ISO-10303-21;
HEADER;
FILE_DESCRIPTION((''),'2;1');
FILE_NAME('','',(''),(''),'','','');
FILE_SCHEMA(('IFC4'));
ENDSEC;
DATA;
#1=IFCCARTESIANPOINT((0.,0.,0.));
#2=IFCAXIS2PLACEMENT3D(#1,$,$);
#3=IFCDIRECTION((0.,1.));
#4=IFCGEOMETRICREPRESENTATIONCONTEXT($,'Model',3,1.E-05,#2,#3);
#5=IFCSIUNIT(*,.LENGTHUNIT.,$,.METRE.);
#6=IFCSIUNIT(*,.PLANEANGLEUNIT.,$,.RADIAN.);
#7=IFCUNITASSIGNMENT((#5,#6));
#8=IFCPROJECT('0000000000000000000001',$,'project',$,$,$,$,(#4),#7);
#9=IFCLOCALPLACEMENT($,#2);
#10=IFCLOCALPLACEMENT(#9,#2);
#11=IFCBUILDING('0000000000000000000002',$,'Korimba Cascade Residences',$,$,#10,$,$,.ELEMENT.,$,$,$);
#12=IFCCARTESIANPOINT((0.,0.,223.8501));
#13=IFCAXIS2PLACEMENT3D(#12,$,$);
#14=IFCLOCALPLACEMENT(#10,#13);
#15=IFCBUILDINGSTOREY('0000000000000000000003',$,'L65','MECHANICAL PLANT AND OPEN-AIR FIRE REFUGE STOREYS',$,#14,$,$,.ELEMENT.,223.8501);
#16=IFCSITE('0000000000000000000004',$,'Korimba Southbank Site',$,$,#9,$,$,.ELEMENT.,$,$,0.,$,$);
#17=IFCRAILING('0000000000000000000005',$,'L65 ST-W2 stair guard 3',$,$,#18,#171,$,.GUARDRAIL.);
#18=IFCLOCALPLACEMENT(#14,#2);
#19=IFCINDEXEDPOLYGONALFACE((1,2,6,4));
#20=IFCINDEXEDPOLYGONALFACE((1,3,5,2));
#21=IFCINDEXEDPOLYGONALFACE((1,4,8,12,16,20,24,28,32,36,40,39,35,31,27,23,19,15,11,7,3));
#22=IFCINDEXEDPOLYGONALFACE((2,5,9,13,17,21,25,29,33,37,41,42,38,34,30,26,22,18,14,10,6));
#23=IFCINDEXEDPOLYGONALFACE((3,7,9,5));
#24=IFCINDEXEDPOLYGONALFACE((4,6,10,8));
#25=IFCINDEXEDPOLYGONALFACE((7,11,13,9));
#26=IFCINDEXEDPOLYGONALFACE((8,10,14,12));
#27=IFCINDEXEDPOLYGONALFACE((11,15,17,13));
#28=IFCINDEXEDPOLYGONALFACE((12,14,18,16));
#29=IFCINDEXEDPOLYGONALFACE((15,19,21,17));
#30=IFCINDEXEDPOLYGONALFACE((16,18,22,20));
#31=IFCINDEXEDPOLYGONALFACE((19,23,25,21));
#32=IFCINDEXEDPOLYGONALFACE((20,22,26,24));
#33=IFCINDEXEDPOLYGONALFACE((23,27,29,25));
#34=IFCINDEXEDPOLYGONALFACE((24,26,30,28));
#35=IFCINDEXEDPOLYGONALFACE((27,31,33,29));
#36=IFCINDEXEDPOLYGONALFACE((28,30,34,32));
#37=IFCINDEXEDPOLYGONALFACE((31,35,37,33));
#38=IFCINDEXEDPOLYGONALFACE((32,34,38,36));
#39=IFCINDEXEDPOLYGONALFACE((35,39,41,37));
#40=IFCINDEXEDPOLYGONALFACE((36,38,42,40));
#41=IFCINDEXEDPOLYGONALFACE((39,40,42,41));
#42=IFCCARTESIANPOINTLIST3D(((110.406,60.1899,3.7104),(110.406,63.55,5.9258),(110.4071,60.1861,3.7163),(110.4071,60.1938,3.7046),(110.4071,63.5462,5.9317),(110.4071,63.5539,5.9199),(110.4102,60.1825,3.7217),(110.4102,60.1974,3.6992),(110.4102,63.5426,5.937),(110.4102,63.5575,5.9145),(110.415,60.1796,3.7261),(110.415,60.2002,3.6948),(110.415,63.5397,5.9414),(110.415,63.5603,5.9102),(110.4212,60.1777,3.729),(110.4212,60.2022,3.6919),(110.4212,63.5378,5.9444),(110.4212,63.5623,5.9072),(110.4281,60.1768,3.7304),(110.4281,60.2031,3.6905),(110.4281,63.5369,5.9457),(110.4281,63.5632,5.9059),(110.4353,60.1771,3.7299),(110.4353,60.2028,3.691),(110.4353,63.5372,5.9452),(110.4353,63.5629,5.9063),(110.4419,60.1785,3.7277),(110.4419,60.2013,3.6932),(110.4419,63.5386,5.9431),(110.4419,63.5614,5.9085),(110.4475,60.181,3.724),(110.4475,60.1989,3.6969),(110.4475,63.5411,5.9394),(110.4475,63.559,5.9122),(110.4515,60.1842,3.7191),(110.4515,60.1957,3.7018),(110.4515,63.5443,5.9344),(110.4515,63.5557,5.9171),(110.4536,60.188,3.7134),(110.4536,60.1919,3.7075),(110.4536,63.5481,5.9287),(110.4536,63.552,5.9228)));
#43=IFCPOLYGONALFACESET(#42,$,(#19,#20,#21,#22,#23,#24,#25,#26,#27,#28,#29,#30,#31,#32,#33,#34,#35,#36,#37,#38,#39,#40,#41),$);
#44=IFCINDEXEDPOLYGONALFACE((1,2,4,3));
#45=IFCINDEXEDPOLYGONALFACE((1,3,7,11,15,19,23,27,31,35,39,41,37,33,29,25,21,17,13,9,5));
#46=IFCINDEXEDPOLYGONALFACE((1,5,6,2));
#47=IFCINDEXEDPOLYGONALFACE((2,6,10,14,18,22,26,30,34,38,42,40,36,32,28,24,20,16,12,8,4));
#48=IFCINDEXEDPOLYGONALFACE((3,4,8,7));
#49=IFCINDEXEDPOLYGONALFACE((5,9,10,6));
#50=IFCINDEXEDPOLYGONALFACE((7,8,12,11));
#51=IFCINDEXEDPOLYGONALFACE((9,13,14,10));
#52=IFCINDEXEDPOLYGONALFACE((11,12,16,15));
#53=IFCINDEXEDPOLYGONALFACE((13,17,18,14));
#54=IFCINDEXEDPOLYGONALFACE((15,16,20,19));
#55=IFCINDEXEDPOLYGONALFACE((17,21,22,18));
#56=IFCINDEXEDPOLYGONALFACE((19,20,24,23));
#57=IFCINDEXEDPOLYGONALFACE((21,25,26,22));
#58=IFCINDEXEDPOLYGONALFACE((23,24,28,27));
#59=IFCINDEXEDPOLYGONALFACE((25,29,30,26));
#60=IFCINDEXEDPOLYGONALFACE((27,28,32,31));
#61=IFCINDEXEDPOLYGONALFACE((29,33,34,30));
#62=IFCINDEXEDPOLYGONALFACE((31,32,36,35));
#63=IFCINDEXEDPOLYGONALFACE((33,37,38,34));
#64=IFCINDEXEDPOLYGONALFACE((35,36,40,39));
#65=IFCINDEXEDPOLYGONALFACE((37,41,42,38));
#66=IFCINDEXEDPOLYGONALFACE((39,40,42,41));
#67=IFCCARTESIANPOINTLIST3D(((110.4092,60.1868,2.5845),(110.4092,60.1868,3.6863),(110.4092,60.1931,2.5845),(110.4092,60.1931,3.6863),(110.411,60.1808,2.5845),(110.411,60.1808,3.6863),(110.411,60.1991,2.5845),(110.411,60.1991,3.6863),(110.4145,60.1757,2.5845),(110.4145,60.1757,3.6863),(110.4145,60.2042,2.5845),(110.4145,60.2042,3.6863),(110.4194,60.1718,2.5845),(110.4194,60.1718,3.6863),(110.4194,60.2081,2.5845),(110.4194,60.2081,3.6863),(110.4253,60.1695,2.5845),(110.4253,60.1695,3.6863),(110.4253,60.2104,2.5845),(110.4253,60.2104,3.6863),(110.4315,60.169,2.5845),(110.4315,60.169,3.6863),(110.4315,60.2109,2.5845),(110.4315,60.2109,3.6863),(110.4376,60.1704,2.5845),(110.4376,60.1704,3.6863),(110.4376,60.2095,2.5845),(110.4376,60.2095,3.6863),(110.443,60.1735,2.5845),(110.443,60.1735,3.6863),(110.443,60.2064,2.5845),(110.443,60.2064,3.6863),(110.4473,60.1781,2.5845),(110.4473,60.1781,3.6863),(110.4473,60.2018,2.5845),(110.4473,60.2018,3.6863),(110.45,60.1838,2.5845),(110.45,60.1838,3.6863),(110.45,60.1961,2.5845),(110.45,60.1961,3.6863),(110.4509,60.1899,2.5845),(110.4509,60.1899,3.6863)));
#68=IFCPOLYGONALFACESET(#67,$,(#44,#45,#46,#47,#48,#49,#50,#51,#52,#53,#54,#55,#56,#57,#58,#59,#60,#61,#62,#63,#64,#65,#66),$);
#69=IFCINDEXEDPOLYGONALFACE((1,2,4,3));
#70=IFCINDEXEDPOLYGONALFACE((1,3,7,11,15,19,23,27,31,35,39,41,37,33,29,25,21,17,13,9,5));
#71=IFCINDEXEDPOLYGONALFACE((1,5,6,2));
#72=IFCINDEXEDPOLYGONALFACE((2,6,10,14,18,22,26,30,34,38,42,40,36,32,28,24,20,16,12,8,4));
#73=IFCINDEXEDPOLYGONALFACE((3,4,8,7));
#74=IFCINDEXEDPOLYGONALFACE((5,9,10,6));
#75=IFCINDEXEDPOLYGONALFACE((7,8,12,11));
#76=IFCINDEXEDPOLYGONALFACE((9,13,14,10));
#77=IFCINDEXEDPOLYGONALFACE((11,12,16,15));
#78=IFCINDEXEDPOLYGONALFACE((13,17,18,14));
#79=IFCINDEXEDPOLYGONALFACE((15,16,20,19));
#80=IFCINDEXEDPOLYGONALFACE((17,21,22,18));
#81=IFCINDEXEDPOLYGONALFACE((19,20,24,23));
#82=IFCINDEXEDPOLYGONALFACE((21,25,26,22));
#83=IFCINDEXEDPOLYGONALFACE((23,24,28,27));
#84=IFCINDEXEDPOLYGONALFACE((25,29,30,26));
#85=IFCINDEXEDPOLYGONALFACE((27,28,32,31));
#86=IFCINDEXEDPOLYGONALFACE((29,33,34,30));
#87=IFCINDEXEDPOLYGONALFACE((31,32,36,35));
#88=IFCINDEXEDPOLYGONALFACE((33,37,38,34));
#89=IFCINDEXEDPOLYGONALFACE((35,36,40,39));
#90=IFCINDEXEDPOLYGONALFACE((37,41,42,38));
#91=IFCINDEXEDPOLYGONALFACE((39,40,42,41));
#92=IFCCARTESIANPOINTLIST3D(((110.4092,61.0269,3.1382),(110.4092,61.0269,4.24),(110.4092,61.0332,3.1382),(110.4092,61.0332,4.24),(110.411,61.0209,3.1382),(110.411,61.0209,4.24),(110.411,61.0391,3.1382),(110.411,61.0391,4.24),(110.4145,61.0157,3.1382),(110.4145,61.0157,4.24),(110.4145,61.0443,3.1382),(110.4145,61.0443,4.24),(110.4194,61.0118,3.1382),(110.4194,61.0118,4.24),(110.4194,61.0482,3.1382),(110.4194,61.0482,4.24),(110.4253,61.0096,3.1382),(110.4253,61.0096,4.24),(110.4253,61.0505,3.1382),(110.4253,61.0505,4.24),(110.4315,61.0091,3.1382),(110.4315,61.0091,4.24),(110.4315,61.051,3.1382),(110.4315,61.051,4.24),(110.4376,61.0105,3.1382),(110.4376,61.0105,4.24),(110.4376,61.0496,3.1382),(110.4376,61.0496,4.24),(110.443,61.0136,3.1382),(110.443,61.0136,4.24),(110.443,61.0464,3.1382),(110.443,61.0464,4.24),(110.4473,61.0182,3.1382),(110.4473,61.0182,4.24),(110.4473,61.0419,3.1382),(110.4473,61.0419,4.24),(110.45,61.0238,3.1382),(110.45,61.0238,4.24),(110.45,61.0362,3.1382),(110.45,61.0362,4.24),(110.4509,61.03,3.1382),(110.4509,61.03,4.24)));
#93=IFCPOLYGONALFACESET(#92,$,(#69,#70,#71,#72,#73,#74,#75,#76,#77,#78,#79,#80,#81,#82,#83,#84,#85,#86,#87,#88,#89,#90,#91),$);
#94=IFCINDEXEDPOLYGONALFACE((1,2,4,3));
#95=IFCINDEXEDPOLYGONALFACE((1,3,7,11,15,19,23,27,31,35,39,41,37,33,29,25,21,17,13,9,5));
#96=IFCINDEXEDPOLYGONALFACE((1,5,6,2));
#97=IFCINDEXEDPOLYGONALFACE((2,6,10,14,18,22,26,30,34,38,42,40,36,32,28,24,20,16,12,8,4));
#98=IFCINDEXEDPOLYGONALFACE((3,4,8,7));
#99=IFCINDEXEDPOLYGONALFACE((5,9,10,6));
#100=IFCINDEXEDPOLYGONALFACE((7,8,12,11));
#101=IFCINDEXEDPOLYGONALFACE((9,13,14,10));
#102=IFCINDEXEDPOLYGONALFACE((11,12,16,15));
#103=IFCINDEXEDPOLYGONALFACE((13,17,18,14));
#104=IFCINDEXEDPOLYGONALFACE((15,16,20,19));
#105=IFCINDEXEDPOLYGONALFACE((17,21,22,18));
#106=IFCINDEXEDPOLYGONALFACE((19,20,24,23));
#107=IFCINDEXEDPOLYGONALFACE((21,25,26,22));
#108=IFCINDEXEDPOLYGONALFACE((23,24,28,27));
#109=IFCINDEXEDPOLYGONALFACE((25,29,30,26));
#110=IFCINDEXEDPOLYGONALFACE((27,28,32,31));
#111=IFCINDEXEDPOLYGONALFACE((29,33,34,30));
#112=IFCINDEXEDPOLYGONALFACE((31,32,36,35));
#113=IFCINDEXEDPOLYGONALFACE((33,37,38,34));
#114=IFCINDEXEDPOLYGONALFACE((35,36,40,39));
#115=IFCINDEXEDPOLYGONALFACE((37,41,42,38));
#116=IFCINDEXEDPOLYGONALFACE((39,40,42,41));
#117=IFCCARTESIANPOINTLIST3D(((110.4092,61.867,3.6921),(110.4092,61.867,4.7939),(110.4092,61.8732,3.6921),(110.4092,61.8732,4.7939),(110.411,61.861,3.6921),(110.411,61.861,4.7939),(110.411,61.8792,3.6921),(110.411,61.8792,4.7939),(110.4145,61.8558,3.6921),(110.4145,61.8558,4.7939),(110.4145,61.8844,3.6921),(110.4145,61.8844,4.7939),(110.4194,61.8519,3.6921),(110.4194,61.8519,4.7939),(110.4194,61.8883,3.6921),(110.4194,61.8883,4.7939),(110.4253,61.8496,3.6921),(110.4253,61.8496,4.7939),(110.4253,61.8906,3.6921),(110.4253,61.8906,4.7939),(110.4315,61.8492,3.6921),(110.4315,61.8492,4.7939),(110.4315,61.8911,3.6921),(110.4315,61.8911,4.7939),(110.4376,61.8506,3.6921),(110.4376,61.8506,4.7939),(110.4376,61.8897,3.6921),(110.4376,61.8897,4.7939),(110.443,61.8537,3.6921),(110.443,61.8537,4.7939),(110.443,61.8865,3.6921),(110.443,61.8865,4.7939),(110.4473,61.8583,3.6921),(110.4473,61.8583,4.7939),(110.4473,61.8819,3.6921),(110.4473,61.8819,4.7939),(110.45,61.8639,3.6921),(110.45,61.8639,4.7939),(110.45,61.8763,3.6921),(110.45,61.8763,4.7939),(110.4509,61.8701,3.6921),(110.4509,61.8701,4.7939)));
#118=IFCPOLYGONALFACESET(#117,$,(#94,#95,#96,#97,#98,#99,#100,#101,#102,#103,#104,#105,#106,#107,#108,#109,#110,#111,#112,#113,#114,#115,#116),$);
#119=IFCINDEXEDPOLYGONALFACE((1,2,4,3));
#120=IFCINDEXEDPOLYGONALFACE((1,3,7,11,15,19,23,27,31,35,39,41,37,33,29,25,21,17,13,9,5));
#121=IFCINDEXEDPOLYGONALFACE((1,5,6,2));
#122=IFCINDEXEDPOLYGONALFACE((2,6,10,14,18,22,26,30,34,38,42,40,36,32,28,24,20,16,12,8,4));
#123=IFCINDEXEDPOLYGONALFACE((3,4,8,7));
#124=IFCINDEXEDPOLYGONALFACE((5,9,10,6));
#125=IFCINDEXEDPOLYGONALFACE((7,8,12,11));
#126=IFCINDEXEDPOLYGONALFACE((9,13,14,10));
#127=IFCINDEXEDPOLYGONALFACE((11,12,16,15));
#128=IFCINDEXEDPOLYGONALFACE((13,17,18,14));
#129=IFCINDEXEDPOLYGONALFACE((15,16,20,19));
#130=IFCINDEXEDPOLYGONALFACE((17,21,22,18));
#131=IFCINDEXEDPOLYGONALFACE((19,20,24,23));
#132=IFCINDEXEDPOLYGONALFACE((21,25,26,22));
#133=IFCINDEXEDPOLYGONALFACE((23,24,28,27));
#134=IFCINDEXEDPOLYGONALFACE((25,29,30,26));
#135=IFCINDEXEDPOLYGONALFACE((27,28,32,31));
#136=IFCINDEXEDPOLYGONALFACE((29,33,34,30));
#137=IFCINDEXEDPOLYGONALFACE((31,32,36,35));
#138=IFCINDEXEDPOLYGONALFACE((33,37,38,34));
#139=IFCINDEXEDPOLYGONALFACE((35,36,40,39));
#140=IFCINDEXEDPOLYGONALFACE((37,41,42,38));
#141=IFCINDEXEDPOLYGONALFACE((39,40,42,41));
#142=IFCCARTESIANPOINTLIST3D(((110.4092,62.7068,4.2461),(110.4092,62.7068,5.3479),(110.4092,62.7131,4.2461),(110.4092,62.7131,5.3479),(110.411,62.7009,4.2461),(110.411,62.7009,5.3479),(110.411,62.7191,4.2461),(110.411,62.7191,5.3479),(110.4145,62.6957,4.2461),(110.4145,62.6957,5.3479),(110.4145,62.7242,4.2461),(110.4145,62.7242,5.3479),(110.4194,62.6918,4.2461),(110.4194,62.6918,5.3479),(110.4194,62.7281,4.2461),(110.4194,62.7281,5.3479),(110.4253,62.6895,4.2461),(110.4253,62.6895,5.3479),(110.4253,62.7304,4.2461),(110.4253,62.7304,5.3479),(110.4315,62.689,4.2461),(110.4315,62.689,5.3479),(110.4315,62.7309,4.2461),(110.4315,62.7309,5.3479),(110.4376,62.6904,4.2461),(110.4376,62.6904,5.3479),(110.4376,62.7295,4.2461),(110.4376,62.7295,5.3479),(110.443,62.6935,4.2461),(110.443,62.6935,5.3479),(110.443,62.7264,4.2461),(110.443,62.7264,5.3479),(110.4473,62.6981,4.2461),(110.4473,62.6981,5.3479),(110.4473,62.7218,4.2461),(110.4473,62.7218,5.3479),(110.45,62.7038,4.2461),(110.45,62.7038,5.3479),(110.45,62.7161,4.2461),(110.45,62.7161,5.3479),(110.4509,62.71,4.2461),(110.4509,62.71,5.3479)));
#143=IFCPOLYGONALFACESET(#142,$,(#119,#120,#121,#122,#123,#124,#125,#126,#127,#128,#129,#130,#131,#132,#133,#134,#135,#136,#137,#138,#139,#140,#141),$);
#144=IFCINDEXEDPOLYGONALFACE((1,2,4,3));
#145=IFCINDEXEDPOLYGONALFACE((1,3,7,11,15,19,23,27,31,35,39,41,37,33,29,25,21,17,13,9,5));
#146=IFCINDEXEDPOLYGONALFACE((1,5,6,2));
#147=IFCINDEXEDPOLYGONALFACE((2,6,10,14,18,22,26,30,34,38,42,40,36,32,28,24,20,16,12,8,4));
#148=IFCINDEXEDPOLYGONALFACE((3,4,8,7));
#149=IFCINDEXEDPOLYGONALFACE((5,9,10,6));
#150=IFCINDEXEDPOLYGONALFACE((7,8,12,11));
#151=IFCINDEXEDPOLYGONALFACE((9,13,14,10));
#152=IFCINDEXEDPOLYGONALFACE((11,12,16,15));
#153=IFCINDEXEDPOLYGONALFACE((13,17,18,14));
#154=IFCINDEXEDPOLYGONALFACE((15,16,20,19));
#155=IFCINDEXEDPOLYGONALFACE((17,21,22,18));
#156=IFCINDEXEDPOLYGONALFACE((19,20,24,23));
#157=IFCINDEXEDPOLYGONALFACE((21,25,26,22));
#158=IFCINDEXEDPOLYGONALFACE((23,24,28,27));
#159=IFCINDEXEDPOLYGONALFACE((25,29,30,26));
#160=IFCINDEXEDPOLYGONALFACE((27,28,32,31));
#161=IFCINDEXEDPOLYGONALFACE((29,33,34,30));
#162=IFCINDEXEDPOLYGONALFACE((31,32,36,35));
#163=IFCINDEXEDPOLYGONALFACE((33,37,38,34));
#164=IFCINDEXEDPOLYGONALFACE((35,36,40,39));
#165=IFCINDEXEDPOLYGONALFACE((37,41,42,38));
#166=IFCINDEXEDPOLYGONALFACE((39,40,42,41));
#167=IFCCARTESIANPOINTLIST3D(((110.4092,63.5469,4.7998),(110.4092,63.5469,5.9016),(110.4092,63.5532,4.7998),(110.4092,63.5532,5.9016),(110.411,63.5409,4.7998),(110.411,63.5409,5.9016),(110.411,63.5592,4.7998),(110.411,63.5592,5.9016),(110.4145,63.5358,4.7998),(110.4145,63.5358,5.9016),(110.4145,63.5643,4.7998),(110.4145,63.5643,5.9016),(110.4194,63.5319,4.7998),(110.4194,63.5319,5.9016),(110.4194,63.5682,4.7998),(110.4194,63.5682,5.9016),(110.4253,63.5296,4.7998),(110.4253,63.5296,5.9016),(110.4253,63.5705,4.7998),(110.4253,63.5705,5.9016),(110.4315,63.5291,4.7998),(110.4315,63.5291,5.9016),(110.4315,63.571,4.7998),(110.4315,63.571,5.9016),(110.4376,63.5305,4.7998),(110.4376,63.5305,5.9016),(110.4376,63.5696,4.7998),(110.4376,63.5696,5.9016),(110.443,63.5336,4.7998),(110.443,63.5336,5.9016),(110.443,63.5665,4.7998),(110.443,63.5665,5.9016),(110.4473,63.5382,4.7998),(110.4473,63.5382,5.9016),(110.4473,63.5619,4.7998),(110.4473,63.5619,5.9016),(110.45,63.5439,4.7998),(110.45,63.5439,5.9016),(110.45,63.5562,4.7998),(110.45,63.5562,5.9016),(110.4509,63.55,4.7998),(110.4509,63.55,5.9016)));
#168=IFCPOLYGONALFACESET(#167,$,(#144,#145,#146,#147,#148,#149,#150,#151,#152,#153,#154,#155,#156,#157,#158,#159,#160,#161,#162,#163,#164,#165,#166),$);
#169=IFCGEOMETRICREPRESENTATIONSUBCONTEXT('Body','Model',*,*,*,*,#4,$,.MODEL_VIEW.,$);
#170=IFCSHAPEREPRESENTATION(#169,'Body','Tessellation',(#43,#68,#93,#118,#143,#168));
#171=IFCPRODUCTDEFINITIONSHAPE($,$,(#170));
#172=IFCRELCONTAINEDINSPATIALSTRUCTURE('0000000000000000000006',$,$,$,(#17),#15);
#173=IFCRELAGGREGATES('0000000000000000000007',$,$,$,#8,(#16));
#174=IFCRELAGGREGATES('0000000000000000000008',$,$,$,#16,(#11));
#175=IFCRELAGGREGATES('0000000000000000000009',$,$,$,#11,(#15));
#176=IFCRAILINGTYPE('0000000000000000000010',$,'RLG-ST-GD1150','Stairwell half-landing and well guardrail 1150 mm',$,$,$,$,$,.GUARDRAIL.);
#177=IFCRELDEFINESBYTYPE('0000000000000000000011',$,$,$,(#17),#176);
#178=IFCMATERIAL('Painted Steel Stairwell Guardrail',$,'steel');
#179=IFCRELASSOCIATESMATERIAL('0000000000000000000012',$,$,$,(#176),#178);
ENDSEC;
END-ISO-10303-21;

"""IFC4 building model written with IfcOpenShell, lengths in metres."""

from ifc_helpers import new_model, si_unit, direction, frame, origin, origin_2d, place, context, subcontext, project, spatial, circle, extrude, material, type_object, element, save


model = new_model("IFC4")

# Units and contexts
model_context = context("Model", 3, precision=1e-05, world=origin(), true_north=direction((0.0, 1.0)))
body_context = subcontext(model_context, "Body", "Model", "MODEL_VIEW")
ifc_project = project(units=[si_unit("LENGTHUNIT", "METRE"), si_unit("PLANEANGLEUNIT", "RADIAN")], contexts=[model_context])

# Site, building, storey
site_placement = place(None, origin())
site = spatial("IfcSite", under=ifc_project, at=site_placement, Name="Korimba Southbank Site", CompositionType="ELEMENT", RefElevation=0.0)
building_placement = place(site_placement, origin())
building = spatial("IfcBuilding", under=site, at=building_placement, Name="Korimba Cascade Residences", CompositionType="ELEMENT")
storey_placement = place(building_placement, frame((0.0, 0.0, 223.8501)))
storey = spatial("IfcBuildingStorey", under=building, at=storey_placement, Name="L65", Description="MECHANICAL PLANT AND OPEN-AIR FIRE REFUGE STOREYS", CompositionType="ELEMENT", Elevation=223.8501)

# Railing
ifc_material_1 = material(Name="Painted Steel Stairwell Guardrail", Category="steel")
railing_type_1 = type_object("IfcRailingType", Name="RLG-ST-GD1150", Description="Stairwell half-landing and well guardrail 1150 mm", PredefinedType="GUARDRAIL", material=ifc_material_1)
railing_1_placement = place(storey_placement, frame((110.4299, 60.1899, 2.5845)))
element("IfcRailing", 1, at=railing_1_placement, inside=storey, type_object=railing_type_1, Name="L65 ST-W2 stair guard 3", PredefinedType="GUARDRAIL", context=body_context, shape_type="SweptSolid", body=[
    extrude(circle(Radius=0.0239, at=origin_2d()), frame((0.0, 0.0, 1.126), z_axis=(0.0, 0.834876, 0.550437), x_axis=(-1.0, 0.0, 0.0)), (0.0, 0.0, 1.0), 4.0247),
    extrude(circle(Radius=0.021, at=origin_2d()), origin(), (0.0, 0.0, 1.0), 1.1018),
    extrude(circle(Radius=0.021, at=origin_2d()), frame((0.0, 0.8401, 0.5537)), (0.0, 0.0, 1.0), 1.1018),
    extrude(circle(Radius=0.021, at=origin_2d()), frame((0.0, 1.6802, 1.1077)), (0.0, 0.0, 1.0), 1.1018),
    extrude(circle(Radius=0.021, at=origin_2d()), frame((0.0, 2.52, 1.6616)), (0.0, 0.0, 1.0), 1.1018),
    extrude(circle(Radius=0.021, at=origin_2d()), frame((0.0, 3.3601, 2.2153)), (0.0, 0.0, 1.0), 1.1018),
])

save(model, "model.ifc")
